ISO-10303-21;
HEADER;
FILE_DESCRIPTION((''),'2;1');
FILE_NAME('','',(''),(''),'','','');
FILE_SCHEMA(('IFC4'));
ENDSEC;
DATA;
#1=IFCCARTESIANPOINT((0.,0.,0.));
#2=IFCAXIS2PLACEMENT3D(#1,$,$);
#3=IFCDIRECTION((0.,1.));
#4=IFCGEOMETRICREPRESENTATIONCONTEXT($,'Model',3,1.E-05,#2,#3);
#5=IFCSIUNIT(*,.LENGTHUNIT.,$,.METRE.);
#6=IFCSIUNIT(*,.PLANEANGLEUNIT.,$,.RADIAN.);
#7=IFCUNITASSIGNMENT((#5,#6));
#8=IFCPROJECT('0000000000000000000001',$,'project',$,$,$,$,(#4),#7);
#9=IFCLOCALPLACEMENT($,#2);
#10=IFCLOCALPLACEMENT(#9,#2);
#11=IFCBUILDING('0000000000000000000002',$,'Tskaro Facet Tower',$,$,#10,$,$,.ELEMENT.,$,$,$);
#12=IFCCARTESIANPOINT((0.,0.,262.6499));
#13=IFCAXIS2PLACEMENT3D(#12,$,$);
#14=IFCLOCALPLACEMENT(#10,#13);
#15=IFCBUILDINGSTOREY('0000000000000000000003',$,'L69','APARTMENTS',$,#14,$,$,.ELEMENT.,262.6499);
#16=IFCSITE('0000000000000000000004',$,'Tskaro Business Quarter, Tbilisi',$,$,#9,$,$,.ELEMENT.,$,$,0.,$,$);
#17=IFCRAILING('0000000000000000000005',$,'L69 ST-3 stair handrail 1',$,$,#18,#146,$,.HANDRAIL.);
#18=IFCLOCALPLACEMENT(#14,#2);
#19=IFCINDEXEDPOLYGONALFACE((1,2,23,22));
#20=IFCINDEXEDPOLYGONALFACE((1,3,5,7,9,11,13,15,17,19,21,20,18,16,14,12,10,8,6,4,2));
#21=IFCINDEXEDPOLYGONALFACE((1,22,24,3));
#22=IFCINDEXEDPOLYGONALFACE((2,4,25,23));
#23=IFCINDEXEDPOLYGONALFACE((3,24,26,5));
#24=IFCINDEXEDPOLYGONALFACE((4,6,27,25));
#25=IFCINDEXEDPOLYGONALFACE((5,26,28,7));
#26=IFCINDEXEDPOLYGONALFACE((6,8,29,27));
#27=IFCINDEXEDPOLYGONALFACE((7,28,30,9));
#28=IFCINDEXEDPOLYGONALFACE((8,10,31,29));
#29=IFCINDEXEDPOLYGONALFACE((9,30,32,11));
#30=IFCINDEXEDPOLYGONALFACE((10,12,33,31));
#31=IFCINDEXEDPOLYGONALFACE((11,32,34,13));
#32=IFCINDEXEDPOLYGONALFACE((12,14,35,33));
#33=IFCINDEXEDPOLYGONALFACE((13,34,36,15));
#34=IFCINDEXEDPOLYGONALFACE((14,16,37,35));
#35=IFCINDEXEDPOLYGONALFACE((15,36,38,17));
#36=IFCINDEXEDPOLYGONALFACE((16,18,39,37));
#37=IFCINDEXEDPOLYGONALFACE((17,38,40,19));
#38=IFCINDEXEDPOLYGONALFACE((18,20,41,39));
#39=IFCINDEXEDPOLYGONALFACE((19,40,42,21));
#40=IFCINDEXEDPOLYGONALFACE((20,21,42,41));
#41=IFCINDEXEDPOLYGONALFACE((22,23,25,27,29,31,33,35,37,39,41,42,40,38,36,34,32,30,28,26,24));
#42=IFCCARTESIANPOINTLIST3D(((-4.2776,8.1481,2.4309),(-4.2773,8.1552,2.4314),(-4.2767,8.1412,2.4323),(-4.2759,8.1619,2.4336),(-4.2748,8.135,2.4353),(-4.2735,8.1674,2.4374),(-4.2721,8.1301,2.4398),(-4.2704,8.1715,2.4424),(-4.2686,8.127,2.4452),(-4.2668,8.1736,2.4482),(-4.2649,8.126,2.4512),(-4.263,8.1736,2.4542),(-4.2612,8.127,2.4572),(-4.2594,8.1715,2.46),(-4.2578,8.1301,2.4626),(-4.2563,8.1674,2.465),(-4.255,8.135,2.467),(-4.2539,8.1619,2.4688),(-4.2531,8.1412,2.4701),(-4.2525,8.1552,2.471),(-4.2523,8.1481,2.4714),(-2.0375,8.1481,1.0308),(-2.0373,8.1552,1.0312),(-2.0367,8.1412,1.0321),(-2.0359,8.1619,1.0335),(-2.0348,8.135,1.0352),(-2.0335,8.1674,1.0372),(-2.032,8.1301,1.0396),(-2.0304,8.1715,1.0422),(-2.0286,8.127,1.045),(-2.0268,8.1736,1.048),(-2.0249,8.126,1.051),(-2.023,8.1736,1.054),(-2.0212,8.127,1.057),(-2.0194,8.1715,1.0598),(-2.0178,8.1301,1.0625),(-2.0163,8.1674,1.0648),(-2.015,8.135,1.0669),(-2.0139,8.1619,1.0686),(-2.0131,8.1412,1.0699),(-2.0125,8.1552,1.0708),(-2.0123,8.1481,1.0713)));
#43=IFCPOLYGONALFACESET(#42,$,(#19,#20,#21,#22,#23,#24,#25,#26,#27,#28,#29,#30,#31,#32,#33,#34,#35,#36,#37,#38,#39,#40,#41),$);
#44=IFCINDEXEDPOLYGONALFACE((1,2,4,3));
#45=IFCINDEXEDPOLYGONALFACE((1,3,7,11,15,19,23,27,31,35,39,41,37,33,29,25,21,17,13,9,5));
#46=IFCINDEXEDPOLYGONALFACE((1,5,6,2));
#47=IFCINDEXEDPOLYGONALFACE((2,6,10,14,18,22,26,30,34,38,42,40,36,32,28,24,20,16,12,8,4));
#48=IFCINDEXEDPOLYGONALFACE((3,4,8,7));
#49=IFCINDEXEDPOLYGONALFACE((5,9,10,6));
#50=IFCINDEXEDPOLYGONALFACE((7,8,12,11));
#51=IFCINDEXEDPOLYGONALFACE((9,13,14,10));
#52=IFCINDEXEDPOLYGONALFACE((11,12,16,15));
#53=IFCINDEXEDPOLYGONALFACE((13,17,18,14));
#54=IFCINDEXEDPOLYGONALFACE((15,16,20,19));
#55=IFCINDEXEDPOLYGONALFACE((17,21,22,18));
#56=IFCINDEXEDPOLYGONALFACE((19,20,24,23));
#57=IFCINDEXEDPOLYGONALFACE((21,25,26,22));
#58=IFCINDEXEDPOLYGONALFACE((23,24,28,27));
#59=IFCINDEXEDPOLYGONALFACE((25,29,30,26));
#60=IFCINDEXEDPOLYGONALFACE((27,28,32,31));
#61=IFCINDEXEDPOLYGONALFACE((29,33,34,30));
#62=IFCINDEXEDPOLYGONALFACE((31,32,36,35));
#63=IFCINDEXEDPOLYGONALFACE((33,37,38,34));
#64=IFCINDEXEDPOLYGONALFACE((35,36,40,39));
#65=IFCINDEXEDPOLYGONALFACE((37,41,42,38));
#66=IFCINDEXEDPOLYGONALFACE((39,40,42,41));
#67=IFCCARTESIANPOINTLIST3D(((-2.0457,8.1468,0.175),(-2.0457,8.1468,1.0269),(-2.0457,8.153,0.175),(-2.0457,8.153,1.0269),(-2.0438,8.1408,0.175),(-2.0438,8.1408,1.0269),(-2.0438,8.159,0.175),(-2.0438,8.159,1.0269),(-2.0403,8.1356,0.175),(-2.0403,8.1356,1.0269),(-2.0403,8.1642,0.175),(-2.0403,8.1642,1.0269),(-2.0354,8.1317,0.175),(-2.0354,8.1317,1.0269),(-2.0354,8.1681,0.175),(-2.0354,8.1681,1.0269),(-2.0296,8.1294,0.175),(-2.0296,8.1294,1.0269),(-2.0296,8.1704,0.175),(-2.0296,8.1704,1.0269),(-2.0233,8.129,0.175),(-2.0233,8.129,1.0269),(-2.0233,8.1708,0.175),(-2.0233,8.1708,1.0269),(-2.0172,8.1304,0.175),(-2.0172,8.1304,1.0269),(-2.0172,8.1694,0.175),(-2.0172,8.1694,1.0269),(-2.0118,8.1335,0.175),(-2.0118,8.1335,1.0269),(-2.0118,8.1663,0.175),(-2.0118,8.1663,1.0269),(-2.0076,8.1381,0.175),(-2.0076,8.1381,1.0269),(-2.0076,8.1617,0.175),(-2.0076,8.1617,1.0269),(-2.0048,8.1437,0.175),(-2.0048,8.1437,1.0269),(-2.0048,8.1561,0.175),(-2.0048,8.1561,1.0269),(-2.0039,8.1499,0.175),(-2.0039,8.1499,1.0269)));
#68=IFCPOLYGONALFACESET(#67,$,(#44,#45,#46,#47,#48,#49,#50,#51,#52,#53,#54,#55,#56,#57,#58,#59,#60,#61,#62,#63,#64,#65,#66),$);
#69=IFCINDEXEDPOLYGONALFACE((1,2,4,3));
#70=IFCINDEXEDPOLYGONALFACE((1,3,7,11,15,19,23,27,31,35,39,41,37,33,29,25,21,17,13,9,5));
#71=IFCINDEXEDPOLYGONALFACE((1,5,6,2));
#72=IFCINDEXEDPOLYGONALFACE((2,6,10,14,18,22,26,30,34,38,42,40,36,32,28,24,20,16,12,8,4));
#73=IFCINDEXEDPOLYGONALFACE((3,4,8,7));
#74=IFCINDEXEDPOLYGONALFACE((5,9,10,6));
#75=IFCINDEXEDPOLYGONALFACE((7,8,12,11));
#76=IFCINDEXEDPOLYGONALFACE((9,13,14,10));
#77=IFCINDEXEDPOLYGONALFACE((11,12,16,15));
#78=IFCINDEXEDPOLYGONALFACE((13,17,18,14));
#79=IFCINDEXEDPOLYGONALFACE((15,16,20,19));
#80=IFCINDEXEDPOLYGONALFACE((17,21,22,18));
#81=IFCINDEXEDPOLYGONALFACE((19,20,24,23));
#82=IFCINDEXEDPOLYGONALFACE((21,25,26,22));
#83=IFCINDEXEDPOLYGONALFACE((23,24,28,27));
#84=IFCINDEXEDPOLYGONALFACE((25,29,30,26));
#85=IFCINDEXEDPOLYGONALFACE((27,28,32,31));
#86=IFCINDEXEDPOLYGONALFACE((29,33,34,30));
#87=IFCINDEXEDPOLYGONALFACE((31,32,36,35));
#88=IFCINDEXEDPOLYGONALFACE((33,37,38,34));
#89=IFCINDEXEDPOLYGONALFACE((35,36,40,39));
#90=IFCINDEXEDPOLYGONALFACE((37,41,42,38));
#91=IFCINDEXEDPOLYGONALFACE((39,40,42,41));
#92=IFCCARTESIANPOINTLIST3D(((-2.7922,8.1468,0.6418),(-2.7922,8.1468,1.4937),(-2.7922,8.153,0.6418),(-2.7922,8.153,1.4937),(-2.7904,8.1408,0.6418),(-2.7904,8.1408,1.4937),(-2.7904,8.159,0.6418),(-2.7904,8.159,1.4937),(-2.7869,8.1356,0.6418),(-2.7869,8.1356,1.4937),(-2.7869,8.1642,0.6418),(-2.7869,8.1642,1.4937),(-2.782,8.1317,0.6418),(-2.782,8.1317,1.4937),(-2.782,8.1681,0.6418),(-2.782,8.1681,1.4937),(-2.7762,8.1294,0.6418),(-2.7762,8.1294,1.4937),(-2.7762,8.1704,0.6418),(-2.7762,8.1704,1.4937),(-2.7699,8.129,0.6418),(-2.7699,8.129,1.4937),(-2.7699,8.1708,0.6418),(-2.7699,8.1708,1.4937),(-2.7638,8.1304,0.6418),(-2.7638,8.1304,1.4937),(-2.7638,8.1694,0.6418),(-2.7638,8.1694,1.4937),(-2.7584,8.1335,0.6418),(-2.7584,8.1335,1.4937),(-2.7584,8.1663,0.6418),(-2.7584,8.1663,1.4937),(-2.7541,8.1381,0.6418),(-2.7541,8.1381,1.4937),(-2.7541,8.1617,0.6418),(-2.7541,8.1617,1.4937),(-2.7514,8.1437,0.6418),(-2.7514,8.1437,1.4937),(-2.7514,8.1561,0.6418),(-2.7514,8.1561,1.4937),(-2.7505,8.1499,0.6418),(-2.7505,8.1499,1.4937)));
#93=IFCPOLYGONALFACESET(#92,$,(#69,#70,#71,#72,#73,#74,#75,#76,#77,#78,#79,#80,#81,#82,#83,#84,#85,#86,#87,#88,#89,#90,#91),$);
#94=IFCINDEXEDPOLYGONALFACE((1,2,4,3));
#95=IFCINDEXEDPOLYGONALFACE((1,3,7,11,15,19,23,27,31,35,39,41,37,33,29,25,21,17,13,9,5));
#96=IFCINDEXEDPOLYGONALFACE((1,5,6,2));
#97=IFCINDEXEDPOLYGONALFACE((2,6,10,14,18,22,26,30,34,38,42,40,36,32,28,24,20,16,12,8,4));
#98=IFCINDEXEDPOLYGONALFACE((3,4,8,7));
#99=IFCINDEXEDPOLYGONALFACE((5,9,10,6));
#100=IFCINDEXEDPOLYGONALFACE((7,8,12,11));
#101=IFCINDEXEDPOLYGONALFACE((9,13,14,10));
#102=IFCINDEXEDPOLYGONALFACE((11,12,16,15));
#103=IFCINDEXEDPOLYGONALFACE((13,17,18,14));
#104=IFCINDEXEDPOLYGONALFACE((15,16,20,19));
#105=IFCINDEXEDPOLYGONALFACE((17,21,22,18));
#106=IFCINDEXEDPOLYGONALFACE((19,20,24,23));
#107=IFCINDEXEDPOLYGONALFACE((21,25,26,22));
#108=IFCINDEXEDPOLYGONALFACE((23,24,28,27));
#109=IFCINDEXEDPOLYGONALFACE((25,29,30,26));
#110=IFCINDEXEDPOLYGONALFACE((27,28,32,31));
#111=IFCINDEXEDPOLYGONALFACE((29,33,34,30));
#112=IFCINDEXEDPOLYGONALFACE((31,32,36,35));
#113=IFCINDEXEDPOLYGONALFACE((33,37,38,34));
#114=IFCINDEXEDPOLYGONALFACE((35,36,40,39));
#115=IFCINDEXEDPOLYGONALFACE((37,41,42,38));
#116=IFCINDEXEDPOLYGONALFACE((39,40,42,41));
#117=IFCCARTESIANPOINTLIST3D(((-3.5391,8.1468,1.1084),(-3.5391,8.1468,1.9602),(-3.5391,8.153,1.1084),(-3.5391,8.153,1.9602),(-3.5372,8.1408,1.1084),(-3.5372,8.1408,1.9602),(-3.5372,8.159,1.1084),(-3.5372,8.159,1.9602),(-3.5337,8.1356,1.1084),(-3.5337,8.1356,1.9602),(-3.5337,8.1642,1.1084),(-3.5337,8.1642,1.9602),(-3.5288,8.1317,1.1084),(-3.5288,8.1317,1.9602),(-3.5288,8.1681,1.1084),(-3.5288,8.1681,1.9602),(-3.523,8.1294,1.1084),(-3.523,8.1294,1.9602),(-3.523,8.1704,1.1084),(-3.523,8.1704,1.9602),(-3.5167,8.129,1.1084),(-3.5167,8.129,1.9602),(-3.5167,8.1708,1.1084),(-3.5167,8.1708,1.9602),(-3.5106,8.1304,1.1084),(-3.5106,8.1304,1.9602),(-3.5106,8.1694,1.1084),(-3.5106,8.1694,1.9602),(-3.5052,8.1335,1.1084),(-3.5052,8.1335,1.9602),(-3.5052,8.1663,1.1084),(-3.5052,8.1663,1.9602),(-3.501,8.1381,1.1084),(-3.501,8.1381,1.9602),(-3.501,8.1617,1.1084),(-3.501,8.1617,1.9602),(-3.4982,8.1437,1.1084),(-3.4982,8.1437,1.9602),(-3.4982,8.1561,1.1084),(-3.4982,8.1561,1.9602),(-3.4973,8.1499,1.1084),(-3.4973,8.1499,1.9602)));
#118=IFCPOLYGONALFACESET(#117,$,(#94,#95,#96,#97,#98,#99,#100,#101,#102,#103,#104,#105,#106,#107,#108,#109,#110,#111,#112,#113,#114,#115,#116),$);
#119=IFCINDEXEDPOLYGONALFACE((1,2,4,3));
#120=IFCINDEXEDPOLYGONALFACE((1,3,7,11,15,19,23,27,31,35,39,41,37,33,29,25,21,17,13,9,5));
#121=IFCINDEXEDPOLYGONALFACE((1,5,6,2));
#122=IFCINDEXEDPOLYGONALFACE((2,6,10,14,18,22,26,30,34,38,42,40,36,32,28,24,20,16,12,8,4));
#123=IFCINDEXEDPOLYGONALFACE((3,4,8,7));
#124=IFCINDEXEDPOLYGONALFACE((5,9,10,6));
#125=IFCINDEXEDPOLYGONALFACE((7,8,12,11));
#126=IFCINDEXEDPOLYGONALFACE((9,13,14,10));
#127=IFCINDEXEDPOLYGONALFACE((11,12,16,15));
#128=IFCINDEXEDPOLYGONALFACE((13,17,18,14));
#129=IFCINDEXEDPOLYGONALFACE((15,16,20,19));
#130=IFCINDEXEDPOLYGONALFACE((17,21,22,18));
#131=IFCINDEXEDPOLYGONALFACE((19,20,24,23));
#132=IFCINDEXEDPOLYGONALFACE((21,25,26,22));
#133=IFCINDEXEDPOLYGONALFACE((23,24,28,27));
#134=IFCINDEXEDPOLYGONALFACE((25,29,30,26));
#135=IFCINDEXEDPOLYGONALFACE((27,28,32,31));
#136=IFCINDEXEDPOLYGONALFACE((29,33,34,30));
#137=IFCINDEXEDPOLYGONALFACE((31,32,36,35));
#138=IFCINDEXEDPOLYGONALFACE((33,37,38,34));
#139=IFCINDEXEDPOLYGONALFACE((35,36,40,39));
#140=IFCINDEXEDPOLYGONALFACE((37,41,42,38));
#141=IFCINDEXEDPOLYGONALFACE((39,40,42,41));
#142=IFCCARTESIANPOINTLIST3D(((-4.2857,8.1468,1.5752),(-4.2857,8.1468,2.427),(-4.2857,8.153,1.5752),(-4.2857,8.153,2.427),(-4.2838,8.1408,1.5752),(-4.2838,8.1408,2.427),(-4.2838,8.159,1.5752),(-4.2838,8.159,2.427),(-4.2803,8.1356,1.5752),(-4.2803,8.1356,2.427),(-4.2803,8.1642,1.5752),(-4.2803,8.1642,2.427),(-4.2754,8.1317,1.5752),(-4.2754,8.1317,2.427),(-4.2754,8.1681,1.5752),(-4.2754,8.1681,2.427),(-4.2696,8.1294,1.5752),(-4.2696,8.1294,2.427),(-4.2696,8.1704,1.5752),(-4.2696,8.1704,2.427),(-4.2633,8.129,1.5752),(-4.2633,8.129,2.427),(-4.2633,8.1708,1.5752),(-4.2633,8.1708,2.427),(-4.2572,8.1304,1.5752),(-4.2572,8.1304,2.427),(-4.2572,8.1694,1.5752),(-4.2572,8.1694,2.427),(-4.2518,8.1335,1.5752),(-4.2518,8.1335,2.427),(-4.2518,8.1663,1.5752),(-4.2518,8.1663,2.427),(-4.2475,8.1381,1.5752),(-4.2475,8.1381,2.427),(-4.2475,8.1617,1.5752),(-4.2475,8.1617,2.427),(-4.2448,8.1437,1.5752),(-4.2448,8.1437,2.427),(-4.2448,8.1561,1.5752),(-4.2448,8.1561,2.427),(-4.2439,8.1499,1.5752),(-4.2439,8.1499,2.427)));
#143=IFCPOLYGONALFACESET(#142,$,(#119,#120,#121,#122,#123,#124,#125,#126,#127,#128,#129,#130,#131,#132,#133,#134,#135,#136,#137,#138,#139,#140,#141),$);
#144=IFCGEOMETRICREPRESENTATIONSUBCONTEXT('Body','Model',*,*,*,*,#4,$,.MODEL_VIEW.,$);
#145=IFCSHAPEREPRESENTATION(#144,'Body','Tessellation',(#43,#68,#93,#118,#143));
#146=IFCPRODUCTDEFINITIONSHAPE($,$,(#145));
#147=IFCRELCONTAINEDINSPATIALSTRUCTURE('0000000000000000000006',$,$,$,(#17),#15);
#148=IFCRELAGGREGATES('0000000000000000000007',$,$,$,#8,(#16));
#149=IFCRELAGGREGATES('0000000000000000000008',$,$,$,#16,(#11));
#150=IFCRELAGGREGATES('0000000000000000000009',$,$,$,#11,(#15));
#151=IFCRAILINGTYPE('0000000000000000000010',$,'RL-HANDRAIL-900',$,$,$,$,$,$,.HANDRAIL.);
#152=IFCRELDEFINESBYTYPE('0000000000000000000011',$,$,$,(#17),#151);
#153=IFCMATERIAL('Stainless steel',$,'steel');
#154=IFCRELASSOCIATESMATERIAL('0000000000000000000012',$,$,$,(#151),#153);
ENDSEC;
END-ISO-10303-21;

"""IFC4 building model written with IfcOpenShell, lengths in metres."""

from ifc_helpers import new_model, si_unit, direction, frame, origin, origin_2d, place, context, subcontext, project, spatial, circle, extrude, material, type_object, element, save


model = new_model("IFC4")

# Units and contexts
model_context = context("Model", 3, precision=1e-05, world=origin(), true_north=direction((0.0, 1.0)))
body_context = subcontext(model_context, "Body", "Model", "MODEL_VIEW")
ifc_project = project(units=[si_unit("LENGTHUNIT", "METRE"), si_unit("PLANEANGLEUNIT", "RADIAN")], contexts=[model_context])

# Site, building, storey
site_placement = place(None, origin())
site = spatial("IfcSite", under=ifc_project, at=site_placement, Name="Tskaro Business Quarter, Tbilisi", CompositionType="ELEMENT", RefElevation=0.0)
building_placement = place(site_placement, origin())
building = spatial("IfcBuilding", under=site, at=building_placement, Name="Tskaro Facet Tower", CompositionType="ELEMENT")
storey_placement = place(building_placement, frame((0.0, 0.0, 262.6499)))
storey = spatial("IfcBuildingStorey", under=building, at=storey_placement, Name="L69", Description="APARTMENTS", CompositionType="ELEMENT", Elevation=262.6499)

# Railing
ifc_material_1 = material(Name="Stainless steel", Category="steel")
railing_type_1 = type_object("IfcRailingType", Name="RL-HANDRAIL-900", PredefinedType="HANDRAIL", material=ifc_material_1)
railing_1_placement = place(storey_placement, frame((-2.0249, 8.1499, 0.175)))
element("IfcRailing", 1, at=railing_1_placement, inside=storey, type_object=railing_type_1, Name="L69 ST-3 stair handrail 1", PredefinedType="HANDRAIL", context=body_context, shape_type="SweptSolid", body=[
    extrude(circle(Radius=0.0239, at=origin_2d()), frame((0.0, 0.0, 0.876), z_axis=(-0.847972, 0.0, 0.53004), x_axis=(0.0, -1.0, 0.0)), (0.0, 0.0, 1.0), 2.6416),
    extrude(circle(Radius=0.021, at=origin_2d()), origin(), (0.0, 0.0, 1.0), 0.8518),
    extrude(circle(Radius=0.021, at=origin_2d()), frame((-0.7466, 0.0, 0.4668)), (0.0, 0.0, 1.0), 0.8518),
    extrude(circle(Radius=0.021, at=origin_2d()), frame((-1.4934, 0.0, 0.9333)), (0.0, 0.0, 1.0), 0.8518),
    extrude(circle(Radius=0.021, at=origin_2d()), frame((-2.24, 0.0, 1.4001)), (0.0, 0.0, 1.0), 0.8518),
])

save(model, "model.ifc")
